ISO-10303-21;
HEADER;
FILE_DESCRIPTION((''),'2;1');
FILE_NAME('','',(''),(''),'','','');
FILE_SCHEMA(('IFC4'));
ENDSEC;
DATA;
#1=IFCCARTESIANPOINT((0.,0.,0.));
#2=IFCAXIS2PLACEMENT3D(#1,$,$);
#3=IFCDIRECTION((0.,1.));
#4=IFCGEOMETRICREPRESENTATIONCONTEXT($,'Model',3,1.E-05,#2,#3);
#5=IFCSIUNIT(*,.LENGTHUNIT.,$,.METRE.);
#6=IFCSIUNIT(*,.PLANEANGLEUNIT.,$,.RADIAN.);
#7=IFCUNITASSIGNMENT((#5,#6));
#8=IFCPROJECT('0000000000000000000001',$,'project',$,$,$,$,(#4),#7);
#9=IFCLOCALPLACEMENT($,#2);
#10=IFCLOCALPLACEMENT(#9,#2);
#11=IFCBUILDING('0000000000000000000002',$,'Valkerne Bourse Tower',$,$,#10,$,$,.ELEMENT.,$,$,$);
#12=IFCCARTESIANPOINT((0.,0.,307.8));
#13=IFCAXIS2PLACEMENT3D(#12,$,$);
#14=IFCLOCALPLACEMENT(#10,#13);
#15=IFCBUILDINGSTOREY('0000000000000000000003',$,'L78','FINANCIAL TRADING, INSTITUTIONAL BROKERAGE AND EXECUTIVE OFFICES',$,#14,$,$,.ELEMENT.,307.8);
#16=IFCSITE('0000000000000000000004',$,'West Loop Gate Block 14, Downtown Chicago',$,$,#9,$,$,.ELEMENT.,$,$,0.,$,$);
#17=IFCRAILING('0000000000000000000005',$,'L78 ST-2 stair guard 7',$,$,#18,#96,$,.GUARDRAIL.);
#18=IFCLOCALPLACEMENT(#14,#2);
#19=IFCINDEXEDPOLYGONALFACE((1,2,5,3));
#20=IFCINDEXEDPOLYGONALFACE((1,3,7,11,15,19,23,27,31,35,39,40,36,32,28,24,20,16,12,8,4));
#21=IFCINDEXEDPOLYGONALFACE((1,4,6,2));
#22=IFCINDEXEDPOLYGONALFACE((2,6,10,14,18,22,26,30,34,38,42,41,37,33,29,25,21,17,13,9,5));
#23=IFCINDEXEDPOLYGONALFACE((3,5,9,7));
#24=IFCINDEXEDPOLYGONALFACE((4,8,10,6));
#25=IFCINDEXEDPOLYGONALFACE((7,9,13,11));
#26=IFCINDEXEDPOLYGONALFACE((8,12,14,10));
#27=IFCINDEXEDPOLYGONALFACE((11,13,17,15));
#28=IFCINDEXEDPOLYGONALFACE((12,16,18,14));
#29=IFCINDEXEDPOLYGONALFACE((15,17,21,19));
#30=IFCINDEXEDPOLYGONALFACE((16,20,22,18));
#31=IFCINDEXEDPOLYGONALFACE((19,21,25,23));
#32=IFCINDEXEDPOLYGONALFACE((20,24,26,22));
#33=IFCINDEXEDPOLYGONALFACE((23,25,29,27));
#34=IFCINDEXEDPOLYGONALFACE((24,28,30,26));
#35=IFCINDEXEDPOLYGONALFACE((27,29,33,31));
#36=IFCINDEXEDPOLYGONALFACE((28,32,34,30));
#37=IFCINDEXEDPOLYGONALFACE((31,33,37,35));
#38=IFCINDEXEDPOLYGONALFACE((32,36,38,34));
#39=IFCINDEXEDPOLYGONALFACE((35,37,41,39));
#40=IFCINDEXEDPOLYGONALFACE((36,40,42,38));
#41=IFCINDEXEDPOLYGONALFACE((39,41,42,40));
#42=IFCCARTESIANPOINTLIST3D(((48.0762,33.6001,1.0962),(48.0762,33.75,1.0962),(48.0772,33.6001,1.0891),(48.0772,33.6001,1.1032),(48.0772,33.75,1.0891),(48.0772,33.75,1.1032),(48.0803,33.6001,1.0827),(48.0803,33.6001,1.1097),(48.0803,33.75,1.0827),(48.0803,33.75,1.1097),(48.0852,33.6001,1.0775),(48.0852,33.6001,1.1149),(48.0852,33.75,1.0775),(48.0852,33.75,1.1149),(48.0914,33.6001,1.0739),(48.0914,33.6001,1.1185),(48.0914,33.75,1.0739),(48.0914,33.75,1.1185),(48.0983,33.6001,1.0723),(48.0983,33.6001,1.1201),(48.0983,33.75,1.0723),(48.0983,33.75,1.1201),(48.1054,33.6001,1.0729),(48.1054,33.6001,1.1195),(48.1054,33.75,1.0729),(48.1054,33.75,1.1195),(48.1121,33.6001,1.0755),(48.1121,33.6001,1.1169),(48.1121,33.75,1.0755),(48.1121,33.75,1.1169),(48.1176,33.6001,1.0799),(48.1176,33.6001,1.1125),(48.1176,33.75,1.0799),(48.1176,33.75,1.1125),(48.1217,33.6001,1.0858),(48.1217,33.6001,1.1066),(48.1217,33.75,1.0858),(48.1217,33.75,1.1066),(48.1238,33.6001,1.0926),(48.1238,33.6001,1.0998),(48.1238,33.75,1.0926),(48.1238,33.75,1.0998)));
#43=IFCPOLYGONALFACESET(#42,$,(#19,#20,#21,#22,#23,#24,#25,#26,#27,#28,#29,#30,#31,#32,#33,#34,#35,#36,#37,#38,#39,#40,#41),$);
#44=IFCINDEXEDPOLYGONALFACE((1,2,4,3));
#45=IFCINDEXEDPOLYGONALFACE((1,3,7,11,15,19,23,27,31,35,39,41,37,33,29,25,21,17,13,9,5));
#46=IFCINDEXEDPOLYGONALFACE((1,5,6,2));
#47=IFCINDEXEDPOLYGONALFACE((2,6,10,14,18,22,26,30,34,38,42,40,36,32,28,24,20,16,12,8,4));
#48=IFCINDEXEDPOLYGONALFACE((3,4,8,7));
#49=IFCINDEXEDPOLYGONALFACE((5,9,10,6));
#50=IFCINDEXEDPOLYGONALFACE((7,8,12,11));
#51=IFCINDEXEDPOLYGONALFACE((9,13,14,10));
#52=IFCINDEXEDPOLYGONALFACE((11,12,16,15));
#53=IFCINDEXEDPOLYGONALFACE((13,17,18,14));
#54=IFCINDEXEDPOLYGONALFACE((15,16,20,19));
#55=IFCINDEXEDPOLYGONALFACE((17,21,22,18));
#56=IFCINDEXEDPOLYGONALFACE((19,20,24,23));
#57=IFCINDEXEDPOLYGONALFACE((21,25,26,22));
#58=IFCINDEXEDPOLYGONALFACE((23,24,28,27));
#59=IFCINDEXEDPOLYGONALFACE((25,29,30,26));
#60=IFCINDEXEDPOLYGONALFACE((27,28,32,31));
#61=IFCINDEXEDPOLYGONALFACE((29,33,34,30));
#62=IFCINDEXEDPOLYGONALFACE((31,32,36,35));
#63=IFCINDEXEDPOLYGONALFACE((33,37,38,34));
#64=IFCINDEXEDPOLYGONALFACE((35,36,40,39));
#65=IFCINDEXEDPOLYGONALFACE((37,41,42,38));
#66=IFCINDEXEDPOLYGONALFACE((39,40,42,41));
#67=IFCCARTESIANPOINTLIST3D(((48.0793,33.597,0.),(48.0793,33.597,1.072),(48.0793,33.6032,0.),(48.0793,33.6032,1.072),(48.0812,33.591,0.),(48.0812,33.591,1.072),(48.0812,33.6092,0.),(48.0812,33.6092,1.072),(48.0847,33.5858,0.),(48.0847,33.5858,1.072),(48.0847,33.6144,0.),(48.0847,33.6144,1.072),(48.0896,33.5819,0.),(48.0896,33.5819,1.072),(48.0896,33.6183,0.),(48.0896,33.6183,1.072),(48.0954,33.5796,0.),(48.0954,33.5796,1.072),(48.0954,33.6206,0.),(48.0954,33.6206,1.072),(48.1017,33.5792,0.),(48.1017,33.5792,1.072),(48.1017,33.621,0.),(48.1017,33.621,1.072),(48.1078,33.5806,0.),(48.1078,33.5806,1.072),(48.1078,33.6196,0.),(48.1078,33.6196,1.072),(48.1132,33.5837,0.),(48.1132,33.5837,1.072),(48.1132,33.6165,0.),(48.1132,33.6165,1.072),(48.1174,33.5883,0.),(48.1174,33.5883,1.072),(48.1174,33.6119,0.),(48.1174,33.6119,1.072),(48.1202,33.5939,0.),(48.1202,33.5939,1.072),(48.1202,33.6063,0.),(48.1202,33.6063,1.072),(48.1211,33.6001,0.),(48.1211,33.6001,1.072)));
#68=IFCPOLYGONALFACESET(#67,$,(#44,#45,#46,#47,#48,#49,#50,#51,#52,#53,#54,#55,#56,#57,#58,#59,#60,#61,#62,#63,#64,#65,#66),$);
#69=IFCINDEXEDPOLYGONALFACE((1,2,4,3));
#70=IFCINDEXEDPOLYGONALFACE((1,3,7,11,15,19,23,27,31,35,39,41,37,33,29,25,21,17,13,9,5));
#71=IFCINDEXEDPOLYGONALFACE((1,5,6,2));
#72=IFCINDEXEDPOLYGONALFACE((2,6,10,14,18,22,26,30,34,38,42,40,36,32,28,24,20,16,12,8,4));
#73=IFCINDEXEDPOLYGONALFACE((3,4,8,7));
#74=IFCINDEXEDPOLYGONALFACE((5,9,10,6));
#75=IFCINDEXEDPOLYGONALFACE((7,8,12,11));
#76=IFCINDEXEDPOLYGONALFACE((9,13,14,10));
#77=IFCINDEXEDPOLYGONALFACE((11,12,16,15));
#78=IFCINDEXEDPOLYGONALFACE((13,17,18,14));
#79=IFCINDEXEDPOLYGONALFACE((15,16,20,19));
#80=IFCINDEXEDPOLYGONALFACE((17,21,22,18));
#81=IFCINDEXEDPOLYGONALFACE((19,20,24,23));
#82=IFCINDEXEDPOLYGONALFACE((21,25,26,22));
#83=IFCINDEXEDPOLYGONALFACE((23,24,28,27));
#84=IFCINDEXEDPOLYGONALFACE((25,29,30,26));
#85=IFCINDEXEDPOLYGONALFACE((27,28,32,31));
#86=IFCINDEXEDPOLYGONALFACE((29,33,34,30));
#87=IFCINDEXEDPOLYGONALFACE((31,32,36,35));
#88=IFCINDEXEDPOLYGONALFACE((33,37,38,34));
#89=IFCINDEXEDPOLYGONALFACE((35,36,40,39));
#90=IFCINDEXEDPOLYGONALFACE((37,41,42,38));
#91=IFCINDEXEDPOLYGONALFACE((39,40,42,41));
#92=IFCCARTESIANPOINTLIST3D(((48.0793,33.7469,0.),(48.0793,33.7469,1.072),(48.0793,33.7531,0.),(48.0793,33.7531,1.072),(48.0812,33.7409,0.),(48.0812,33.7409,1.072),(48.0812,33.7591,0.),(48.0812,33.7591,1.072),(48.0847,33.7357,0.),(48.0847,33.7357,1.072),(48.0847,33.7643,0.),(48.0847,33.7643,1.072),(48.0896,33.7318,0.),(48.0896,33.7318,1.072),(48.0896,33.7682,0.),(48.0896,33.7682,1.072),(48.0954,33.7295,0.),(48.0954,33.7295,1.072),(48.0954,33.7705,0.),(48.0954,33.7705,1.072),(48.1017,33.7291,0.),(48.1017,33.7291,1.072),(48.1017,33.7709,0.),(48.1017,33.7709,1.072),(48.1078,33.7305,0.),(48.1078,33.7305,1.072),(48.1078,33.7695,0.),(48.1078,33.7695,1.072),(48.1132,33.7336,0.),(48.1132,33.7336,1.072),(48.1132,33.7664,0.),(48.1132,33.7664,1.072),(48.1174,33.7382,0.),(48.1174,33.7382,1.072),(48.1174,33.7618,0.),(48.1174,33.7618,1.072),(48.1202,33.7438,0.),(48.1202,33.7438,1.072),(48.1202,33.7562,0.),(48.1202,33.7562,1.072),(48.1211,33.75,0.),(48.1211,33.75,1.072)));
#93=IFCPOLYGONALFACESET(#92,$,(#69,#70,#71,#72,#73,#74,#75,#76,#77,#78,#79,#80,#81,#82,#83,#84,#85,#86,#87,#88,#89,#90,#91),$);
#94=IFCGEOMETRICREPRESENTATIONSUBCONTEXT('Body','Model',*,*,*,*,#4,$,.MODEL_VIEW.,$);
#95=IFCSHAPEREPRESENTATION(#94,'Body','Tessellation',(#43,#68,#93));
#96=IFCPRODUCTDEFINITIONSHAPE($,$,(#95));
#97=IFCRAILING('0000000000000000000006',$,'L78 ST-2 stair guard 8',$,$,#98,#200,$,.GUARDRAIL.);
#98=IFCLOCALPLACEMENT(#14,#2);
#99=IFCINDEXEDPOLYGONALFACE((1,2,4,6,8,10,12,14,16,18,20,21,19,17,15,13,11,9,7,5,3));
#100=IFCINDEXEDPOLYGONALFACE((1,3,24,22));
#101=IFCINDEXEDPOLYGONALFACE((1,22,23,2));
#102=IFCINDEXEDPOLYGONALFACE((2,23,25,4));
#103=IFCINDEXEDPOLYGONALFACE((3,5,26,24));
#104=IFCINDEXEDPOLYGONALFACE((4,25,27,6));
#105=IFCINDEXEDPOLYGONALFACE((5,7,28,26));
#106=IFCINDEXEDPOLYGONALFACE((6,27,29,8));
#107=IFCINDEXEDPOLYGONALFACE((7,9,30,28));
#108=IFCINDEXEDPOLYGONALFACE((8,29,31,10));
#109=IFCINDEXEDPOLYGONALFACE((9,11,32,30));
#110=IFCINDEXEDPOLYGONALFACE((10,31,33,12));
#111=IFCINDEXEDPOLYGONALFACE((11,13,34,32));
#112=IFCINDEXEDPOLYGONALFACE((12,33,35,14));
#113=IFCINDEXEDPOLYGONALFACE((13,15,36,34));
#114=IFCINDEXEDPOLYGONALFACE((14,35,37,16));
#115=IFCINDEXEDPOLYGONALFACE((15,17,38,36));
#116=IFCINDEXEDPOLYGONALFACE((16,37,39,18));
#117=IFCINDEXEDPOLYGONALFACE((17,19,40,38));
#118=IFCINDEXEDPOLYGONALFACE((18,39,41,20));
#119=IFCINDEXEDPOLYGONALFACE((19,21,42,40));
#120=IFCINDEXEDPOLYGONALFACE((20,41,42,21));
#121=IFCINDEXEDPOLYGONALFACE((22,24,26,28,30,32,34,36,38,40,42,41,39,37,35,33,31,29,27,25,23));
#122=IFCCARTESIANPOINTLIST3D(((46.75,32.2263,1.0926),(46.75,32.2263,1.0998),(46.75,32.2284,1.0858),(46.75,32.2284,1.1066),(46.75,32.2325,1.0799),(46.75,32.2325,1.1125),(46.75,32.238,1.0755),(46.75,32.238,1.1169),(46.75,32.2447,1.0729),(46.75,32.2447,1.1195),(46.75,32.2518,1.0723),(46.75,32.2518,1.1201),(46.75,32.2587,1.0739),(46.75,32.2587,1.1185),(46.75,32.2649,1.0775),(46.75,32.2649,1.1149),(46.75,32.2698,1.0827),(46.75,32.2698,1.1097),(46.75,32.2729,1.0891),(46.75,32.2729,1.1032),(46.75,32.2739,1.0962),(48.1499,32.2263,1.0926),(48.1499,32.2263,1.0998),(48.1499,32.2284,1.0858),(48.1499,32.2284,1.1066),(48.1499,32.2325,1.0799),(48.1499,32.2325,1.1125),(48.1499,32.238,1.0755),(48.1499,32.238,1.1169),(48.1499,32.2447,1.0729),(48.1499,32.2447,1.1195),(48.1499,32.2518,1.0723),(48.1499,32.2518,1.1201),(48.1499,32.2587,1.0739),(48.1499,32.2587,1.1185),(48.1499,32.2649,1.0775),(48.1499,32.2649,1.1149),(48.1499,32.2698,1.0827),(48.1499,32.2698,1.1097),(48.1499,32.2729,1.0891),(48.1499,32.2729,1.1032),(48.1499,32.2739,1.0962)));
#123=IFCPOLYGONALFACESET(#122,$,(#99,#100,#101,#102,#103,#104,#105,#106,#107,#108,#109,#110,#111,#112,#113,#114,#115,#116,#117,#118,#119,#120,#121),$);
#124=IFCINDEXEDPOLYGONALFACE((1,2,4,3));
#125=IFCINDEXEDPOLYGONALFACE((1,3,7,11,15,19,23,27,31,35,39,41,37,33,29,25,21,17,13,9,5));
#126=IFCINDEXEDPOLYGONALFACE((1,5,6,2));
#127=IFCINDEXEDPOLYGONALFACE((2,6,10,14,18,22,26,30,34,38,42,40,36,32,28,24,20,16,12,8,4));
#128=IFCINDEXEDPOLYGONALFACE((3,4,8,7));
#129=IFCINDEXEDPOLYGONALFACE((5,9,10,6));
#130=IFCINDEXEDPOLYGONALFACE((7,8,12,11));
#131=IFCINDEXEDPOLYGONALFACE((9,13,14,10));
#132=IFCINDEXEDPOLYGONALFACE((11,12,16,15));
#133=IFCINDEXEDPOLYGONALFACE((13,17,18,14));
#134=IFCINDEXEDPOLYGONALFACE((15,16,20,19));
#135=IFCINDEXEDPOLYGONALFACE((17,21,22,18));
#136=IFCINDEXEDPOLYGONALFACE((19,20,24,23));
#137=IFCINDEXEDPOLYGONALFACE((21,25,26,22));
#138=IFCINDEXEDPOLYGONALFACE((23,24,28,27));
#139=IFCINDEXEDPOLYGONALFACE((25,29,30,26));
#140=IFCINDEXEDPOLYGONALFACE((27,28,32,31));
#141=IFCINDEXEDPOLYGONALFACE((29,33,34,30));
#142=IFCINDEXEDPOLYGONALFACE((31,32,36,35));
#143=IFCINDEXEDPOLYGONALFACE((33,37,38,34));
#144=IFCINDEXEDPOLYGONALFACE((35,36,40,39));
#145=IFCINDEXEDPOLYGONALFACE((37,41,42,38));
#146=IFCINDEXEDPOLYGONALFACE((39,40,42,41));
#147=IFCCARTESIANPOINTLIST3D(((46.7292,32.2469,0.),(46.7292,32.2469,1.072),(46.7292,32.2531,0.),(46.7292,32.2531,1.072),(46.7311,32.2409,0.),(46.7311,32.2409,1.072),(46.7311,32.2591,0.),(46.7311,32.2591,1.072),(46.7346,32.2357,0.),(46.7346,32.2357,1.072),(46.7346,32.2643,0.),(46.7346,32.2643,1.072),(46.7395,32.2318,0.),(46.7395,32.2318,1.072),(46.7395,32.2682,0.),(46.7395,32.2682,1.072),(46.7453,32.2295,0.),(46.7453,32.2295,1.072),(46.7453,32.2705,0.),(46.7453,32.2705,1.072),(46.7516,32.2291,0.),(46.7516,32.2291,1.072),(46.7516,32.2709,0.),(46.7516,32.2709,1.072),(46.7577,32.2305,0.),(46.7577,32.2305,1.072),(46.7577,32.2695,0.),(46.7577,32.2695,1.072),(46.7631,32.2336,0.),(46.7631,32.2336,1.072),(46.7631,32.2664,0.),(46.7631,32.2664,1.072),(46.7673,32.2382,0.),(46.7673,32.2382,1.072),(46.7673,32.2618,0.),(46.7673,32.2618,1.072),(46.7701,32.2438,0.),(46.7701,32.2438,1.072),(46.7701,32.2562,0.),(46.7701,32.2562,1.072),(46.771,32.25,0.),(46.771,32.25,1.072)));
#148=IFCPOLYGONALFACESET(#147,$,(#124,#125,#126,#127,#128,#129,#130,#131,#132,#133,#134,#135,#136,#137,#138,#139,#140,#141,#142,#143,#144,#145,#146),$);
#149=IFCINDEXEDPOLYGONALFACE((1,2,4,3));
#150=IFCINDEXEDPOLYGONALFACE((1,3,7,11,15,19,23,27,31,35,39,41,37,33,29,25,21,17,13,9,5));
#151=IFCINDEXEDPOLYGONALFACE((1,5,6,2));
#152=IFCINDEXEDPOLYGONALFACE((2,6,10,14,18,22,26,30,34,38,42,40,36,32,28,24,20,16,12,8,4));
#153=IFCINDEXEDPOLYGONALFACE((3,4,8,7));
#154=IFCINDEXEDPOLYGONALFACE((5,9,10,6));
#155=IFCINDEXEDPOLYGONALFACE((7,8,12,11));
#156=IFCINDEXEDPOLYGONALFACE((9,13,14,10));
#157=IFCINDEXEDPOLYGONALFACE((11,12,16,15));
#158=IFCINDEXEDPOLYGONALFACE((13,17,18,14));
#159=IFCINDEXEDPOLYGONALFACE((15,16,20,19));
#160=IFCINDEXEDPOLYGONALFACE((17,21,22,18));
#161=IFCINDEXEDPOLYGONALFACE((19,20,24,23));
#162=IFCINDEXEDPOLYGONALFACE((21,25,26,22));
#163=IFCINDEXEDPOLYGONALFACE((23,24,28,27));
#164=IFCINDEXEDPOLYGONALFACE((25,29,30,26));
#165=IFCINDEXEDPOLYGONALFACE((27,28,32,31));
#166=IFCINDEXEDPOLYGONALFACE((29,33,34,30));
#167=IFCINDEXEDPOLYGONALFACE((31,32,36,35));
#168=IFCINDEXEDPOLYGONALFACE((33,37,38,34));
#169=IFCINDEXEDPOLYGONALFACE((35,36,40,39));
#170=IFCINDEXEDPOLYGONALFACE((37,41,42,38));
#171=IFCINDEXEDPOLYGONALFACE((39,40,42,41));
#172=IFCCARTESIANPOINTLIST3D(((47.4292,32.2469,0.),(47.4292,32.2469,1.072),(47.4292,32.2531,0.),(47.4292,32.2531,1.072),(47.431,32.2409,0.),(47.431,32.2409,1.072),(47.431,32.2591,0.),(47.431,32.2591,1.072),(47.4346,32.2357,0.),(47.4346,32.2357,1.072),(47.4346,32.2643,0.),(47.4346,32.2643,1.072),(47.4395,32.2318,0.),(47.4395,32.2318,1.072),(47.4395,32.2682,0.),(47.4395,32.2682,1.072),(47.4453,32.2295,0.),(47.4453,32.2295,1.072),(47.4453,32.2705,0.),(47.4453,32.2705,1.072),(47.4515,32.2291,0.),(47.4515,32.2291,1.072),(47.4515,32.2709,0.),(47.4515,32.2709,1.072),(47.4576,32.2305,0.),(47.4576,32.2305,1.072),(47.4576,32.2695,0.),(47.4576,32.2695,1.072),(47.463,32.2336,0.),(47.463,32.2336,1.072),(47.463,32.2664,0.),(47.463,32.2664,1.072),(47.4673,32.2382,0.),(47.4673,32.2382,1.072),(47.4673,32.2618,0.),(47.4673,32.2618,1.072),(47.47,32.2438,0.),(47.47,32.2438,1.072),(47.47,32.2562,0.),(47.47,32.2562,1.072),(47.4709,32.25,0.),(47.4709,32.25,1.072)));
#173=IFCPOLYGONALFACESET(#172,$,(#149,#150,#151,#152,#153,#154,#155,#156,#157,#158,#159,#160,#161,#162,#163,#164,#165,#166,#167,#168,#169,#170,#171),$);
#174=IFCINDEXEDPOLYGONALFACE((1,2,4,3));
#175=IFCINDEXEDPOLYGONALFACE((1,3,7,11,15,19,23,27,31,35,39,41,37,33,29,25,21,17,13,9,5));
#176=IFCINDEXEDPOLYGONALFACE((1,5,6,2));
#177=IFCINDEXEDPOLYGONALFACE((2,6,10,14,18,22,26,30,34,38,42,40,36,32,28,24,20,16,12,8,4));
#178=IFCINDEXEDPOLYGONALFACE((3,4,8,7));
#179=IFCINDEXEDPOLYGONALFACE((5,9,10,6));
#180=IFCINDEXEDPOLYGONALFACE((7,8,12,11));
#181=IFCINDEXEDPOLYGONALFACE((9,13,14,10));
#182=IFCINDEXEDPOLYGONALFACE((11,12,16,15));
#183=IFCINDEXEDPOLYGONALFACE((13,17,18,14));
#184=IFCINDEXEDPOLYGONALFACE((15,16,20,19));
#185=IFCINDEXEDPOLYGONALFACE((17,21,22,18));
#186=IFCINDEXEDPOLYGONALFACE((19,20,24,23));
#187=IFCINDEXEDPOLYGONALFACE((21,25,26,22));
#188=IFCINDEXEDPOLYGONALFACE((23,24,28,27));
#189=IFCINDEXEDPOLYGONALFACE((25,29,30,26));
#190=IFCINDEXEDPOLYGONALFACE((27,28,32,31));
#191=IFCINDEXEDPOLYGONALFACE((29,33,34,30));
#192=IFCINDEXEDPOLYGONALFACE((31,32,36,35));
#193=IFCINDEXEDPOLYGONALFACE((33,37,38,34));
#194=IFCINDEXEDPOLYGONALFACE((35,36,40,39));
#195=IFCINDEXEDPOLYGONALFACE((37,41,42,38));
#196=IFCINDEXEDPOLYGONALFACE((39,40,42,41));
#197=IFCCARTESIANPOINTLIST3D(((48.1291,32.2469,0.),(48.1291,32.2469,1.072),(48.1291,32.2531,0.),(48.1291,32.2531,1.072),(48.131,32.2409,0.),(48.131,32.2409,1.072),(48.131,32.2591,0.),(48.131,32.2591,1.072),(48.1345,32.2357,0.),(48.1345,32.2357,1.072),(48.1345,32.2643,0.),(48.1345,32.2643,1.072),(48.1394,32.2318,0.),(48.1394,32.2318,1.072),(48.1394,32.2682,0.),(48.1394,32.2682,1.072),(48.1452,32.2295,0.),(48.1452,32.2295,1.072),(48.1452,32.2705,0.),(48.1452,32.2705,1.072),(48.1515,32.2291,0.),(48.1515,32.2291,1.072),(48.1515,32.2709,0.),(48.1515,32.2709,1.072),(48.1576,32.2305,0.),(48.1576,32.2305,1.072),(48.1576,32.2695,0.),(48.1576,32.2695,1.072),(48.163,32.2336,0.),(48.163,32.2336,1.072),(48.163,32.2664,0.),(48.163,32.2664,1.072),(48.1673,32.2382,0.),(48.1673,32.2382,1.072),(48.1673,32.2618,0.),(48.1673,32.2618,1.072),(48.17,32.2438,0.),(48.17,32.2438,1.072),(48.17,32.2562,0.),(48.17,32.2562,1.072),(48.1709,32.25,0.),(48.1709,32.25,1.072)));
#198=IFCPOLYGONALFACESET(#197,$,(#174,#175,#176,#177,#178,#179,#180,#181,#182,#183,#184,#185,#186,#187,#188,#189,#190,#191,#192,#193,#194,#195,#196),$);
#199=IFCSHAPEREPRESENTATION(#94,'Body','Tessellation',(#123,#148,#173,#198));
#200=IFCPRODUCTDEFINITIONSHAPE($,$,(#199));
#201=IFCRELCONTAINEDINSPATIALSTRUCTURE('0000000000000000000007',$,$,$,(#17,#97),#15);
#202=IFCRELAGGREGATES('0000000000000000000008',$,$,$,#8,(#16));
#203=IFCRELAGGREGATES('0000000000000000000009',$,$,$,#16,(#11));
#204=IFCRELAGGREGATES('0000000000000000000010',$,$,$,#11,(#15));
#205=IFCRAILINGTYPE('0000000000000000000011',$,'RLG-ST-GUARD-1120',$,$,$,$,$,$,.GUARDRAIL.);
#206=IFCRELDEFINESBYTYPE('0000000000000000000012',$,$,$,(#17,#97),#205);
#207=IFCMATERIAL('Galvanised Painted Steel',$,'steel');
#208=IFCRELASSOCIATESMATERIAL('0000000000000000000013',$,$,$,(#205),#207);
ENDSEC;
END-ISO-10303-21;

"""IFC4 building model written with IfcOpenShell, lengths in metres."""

from ifc_helpers import new_model, si_unit, direction, frame, origin, origin_2d, place, context, subcontext, project, spatial, circle, extrude, material, type_object, element, save


model = new_model("IFC4")

# Units and contexts
model_context = context("Model", 3, precision=1e-05, world=origin(), true_north=direction((0.0, 1.0)))
body_context = subcontext(model_context, "Body", "Model", "MODEL_VIEW")
ifc_project = project(units=[si_unit("LENGTHUNIT", "METRE"), si_unit("PLANEANGLEUNIT", "RADIAN")], contexts=[model_context])

# Site, building, storey
site_placement = place(None, origin())
site = spatial("IfcSite", under=ifc_project, at=site_placement, Name="West Loop Gate Block 14, Downtown Chicago", CompositionType="ELEMENT", RefElevation=0.0)
building_placement = place(site_placement, origin())
building = spatial("IfcBuilding", under=site, at=building_placement, Name="Valkerne Bourse Tower", CompositionType="ELEMENT")
storey_placement = place(building_placement, frame((0.0, 0.0, 307.8)))
storey = spatial("IfcBuildingStorey", under=building, at=storey_placement, Name="L78", Description="FINANCIAL TRADING, INSTITUTIONAL BROKERAGE AND EXECUTIVE OFFICES", CompositionType="ELEMENT", Elevation=307.8)

# Shared definitions
ifc_material_1 = material(Name="Galvanised Painted Steel", Category="steel")

# Railings
railing_type_1 = type_object("IfcRailingType", Name="RLG-ST-GUARD-1120", PredefinedType="GUARDRAIL", material=ifc_material_1)
railing_1_placement = place(storey_placement, frame((48.1001, 33.6001, 0.0)))
element("IfcRailing", 1, at=railing_1_placement, inside=storey, type_object=railing_type_1, Name="L78 ST-2 stair guard 7", PredefinedType="GUARDRAIL", context=body_context, shape_type="SweptSolid", body=[
    extrude(circle(Radius=0.0239, at=origin_2d()), frame((0.0, 0.0, 1.0962), z_axis=(0.0, 1.0, 0.0), x_axis=(-1.0, 0.0, 0.0)), (0.0, 0.0, 1.0), 0.1499),
    extrude(circle(Radius=0.021, at=origin_2d()), origin(), (0.0, 0.0, 1.0), 1.072),
    extrude(circle(Radius=0.021, at=origin_2d()), frame((0.0, 0.1499, 0.0)), (0.0, 0.0, 1.0), 1.072),
])
for number, where, name in (
    (2, (46.75, 32.25, 0.0), "L78 ST-2 stair guard 8"),
):
    element("IfcRailing", number, at=place(storey_placement, frame(where)), inside=storey, type_object=railing_type_1, Name=name, PredefinedType="GUARDRAIL", context=body_context, shape_type="SweptSolid", body=[
        extrude(circle(Radius=0.0239, at=origin_2d()), frame((0.0, 0.0, 1.0962), z_axis=(1.0, 0.0, 0.0), x_axis=(0.0, 1.0, 0.0)), (0.0, 0.0, 1.0), 1.3999),
        extrude(circle(Radius=0.021, at=origin_2d()), origin(), (0.0, 0.0, 1.0), 1.072),
        extrude(circle(Radius=0.021, at=origin_2d()), frame((0.7, 0.0, 0.0)), (0.0, 0.0, 1.0), 1.072),
        extrude(circle(Radius=0.021, at=origin_2d()), frame((1.3999, 0.0, 0.0)), (0.0, 0.0, 1.0), 1.072),
    ])

save(model, "model.ifc")
